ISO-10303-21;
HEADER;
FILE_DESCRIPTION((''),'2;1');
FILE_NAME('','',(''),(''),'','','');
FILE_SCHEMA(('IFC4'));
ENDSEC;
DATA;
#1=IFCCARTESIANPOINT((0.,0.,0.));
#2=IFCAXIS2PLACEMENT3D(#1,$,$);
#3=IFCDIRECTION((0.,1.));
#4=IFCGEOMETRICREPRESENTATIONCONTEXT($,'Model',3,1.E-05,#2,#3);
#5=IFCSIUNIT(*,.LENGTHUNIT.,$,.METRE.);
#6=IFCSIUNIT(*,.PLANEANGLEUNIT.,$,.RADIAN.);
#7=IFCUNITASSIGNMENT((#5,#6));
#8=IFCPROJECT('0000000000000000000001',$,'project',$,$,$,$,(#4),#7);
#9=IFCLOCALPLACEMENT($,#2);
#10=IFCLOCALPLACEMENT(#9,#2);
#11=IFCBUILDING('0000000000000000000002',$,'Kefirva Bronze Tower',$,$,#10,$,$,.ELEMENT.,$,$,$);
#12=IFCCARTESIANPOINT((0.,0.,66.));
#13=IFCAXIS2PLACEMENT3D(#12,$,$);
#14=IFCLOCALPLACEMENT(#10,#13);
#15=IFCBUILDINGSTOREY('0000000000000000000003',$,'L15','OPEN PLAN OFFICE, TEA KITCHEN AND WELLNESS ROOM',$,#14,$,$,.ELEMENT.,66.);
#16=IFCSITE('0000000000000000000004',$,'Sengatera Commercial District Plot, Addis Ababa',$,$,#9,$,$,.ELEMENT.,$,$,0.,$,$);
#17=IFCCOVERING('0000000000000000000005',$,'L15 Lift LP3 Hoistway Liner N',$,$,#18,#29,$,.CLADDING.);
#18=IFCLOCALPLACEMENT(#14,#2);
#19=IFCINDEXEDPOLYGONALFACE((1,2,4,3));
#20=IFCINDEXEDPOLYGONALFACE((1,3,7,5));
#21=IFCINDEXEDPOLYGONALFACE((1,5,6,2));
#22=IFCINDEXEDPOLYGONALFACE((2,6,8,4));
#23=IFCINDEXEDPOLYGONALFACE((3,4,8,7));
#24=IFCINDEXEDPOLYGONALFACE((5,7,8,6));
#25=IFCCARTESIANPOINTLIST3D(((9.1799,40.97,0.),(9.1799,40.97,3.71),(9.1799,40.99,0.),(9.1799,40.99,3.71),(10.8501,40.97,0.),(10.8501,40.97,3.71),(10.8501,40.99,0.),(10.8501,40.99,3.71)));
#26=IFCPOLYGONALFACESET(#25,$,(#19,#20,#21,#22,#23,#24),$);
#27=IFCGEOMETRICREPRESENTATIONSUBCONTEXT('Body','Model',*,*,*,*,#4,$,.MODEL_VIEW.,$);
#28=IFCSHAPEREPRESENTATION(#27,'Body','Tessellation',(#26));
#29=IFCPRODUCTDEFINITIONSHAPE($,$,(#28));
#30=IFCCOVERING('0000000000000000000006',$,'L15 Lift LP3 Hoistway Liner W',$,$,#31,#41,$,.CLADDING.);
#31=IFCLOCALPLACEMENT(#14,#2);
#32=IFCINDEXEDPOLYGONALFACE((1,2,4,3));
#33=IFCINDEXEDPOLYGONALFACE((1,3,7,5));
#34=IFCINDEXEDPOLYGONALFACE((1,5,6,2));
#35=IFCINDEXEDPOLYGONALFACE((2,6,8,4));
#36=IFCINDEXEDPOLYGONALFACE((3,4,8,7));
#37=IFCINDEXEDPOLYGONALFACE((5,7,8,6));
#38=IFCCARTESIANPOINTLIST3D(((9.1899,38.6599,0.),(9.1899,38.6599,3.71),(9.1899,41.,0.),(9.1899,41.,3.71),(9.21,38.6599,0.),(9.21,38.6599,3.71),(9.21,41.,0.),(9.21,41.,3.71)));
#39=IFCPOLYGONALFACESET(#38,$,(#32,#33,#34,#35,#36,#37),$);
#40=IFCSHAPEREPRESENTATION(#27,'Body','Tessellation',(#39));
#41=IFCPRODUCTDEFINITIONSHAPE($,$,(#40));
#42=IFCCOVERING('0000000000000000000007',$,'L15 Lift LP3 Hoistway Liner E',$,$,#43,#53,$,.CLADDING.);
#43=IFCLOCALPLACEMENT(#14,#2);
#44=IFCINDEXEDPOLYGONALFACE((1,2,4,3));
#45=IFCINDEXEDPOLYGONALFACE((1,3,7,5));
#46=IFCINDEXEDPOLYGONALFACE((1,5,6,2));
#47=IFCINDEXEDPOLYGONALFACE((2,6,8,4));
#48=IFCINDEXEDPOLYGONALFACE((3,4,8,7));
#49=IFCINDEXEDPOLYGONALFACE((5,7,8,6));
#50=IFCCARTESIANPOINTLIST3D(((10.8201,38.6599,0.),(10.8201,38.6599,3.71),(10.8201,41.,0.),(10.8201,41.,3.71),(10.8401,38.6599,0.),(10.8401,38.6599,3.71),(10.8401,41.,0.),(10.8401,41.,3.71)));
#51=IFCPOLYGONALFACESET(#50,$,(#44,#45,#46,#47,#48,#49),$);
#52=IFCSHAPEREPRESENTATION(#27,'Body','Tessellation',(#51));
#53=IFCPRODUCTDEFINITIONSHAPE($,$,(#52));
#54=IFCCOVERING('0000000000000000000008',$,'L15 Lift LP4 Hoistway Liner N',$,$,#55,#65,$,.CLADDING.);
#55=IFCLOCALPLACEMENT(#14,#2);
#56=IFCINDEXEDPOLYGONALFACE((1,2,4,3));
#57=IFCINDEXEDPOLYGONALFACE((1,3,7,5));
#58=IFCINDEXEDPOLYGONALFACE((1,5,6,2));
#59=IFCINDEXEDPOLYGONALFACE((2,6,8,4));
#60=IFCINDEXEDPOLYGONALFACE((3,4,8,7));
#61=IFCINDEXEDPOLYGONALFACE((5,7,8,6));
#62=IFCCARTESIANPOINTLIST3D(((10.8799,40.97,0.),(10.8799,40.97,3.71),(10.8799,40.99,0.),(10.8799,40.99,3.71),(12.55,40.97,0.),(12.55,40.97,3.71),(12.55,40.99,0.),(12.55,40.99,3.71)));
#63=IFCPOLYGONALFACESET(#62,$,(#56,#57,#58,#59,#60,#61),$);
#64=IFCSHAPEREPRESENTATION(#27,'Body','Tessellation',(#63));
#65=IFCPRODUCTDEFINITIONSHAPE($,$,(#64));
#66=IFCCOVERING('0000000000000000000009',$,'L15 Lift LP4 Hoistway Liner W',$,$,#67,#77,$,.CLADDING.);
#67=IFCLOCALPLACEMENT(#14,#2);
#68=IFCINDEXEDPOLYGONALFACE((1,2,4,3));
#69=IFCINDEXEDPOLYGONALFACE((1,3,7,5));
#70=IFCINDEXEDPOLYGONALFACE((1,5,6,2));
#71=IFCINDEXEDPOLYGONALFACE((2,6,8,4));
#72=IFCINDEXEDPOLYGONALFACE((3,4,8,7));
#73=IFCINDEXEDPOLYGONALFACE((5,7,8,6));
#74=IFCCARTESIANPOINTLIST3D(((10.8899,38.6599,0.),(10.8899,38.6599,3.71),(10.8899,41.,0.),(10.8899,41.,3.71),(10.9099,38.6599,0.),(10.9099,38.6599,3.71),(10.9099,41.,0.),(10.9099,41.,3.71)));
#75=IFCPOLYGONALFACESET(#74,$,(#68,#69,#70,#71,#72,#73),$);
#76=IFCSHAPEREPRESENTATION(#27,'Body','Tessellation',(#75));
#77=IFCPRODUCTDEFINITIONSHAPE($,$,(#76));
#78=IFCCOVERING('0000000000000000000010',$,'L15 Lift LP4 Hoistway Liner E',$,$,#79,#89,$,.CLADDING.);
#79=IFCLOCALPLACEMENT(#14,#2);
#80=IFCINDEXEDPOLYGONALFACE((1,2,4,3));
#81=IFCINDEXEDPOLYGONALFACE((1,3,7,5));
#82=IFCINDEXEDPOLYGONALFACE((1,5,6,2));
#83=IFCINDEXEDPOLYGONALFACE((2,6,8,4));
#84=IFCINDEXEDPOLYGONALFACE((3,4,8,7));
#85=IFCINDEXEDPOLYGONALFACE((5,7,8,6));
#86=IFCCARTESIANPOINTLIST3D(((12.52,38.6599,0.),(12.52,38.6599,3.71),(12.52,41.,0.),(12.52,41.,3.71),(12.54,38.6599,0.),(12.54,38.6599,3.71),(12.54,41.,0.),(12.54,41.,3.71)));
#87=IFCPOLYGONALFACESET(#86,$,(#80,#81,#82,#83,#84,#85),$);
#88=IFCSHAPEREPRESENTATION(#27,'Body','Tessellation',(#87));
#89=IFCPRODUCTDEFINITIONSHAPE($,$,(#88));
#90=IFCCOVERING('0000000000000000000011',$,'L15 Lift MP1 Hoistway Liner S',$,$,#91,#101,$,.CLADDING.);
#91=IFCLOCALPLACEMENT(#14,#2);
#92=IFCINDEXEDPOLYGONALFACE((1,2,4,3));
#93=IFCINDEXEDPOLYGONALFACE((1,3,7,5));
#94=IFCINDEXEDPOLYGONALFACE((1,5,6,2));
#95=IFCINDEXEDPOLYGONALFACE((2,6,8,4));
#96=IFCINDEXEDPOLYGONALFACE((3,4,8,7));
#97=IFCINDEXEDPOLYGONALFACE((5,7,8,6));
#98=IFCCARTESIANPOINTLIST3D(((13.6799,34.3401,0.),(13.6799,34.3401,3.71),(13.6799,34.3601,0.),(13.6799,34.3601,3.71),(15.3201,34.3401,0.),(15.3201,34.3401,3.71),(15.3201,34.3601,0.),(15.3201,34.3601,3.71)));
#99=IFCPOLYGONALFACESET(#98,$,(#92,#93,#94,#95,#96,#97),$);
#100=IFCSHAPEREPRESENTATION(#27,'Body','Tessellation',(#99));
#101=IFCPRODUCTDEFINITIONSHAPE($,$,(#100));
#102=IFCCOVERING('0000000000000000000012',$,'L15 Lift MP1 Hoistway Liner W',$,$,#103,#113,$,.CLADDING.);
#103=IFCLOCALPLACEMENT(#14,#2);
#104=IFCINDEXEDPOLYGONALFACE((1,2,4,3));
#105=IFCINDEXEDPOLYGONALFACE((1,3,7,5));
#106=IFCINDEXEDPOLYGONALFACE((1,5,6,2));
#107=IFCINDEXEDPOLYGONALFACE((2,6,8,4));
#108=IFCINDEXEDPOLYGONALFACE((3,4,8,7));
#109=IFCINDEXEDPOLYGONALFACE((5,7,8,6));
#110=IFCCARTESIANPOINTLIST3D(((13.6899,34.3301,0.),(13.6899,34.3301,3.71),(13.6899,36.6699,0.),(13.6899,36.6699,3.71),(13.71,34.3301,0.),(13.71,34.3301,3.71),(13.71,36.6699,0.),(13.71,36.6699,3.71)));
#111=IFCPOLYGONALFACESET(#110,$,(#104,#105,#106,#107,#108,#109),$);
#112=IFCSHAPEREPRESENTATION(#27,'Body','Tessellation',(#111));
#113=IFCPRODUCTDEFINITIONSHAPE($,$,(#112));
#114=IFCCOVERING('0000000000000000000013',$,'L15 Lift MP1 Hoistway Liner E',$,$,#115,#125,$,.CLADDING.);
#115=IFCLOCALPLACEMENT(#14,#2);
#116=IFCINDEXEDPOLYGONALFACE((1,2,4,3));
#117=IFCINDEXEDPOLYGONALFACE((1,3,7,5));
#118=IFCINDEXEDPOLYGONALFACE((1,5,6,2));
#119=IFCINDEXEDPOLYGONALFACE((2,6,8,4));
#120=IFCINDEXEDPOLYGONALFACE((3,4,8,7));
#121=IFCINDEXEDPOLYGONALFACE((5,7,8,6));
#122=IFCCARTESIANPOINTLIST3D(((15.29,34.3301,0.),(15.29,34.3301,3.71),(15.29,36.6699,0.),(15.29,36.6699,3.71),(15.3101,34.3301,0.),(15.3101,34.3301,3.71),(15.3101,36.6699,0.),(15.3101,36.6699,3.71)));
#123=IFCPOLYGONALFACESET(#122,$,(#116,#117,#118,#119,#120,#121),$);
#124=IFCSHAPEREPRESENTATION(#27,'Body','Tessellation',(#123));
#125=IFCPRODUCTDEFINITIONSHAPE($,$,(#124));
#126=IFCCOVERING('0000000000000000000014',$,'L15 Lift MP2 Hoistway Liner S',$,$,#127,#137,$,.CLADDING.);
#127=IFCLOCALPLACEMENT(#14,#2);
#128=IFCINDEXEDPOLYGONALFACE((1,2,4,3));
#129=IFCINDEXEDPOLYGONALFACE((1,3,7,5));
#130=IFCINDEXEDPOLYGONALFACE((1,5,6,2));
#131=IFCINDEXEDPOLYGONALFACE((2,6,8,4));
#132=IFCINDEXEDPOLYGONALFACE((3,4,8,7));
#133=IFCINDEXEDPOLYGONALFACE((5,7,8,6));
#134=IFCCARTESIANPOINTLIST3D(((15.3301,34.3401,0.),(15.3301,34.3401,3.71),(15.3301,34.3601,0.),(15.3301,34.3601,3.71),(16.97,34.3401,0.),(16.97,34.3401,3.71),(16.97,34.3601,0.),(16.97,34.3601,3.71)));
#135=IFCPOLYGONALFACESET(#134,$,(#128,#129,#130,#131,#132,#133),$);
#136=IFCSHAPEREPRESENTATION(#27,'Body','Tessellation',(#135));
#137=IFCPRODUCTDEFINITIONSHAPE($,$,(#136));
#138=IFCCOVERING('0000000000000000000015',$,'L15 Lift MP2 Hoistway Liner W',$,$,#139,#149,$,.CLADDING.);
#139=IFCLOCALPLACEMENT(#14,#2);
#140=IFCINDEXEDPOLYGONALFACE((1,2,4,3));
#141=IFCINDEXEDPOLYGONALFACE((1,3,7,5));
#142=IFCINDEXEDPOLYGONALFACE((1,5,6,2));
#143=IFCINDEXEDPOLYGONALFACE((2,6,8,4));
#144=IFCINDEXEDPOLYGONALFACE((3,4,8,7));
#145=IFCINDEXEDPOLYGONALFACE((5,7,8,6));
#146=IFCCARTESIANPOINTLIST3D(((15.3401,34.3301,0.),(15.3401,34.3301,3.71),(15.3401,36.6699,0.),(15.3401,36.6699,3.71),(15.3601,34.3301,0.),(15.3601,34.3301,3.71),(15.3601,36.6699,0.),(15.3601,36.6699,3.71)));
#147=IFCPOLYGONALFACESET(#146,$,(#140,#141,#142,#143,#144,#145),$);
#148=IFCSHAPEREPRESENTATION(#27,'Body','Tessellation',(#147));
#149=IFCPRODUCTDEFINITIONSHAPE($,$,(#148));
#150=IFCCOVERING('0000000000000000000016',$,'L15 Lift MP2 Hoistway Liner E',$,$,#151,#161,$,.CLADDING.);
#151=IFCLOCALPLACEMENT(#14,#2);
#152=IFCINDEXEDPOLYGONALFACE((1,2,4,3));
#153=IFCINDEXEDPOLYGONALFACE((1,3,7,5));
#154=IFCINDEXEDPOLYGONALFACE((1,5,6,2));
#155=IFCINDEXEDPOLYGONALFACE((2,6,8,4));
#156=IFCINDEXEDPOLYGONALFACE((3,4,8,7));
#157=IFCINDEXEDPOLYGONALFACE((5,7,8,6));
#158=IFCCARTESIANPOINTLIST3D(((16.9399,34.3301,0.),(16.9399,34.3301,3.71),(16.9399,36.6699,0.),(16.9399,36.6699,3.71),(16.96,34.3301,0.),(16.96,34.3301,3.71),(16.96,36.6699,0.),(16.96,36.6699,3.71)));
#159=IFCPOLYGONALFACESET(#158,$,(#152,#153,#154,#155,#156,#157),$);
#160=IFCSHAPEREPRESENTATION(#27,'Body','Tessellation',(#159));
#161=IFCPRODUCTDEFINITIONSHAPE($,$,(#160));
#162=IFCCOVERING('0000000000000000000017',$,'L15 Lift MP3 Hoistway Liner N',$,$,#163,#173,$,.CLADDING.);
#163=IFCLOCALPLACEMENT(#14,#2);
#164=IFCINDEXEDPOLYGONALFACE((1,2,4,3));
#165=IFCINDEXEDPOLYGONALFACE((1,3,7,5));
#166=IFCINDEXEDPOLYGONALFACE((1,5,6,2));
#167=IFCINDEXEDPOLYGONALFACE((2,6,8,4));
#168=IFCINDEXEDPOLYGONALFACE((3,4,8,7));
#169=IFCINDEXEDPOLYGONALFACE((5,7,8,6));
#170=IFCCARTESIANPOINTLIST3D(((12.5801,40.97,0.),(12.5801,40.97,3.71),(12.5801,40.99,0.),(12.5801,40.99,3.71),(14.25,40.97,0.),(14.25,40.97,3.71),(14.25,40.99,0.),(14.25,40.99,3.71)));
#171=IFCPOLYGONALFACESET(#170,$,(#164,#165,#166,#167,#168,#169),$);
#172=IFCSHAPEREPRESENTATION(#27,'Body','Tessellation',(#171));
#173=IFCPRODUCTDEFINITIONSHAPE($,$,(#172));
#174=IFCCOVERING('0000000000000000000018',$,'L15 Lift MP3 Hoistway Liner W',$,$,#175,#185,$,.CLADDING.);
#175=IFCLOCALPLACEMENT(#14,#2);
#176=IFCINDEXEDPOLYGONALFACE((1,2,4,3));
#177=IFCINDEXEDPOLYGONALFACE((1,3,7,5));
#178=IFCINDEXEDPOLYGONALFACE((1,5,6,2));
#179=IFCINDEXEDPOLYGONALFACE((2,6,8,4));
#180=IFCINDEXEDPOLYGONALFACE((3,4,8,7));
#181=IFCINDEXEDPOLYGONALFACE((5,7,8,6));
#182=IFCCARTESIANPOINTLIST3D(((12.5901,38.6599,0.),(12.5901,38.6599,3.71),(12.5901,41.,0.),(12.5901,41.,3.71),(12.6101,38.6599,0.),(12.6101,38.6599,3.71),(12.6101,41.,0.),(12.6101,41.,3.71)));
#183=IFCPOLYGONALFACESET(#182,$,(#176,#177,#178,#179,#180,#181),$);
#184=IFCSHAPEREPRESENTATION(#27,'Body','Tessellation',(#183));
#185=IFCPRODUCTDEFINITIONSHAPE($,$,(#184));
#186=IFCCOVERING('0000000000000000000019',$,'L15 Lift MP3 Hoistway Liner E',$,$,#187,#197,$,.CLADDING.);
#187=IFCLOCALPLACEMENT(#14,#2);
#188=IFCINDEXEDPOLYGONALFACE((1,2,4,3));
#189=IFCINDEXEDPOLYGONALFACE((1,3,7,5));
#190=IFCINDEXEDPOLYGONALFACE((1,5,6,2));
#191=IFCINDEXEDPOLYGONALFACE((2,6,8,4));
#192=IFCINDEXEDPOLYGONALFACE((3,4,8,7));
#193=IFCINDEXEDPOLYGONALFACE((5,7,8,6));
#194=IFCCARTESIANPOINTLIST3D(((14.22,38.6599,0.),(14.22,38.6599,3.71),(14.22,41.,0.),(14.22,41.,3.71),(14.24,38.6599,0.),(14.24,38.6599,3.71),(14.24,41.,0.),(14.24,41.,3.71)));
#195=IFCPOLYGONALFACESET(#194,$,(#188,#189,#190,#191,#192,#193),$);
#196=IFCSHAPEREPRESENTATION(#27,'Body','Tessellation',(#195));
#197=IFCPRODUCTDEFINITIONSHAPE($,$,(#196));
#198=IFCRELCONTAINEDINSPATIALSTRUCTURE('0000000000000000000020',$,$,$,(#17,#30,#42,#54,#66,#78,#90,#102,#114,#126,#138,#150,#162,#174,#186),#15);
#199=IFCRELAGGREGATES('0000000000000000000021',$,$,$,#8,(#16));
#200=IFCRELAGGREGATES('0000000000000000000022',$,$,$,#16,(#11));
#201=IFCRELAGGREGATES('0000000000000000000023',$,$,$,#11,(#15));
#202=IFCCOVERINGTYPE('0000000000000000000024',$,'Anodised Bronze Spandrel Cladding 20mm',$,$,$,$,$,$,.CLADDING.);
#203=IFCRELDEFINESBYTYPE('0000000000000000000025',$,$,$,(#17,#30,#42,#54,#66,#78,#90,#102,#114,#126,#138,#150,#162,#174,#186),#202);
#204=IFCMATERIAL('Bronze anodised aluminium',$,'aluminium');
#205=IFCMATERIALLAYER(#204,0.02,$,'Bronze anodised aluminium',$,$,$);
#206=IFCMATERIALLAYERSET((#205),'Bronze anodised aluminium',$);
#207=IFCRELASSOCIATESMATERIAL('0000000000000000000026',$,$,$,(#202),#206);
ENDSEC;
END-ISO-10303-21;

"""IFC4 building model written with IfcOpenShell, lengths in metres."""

from ifc_helpers import new_model, si_unit, direction, frame, origin, place, context, subcontext, project, spatial, polyline, outline, extrude, material, layer, layer_set, type_object, element, save


model = new_model("IFC4")

# Units and contexts
model_context = context("Model", 3, precision=1e-05, world=origin(), true_north=direction((0.0, 1.0)))
body_context = subcontext(model_context, "Body", "Model", "MODEL_VIEW")
ifc_project = project(units=[si_unit("LENGTHUNIT", "METRE"), si_unit("PLANEANGLEUNIT", "RADIAN")], contexts=[model_context])

# Site, building, storey
site_placement = place(None, origin())
site = spatial("IfcSite", under=ifc_project, at=site_placement, Name="Sengatera Commercial District Plot, Addis Ababa", CompositionType="ELEMENT", RefElevation=0.0)
building_placement = place(site_placement, origin())
building = spatial("IfcBuilding", under=site, at=building_placement, Name="Kefirva Bronze Tower", CompositionType="ELEMENT")
storey_placement = place(building_placement, frame((0.0, 0.0, 66.0)))
storey = spatial("IfcBuildingStorey", under=building, at=storey_placement, Name="L15", Description="OPEN PLAN OFFICE, TEA KITCHEN AND WELLNESS ROOM", CompositionType="ELEMENT", Elevation=66.0)

# Coverings
ifc_material = material(Name="Bronze anodised aluminium", Category="aluminium")
ifc_layer_1 = layer(ifc_material, 0.02, Name="Bronze anodised aluminium")
ifc_layer_set_1 = layer_set([ifc_layer_1], Name="Bronze anodised aluminium")
covering_type_1 = type_object("IfcCoveringType", Name="Anodised Bronze Spandrel Cladding 20mm", PredefinedType="CLADDING", material=ifc_layer_set_1)
covering_1_placement = place(storey_placement, origin())
element("IfcCovering", 1, at=covering_1_placement, inside=storey, type_object=covering_type_1, Name="L15 Lift LP3 Hoistway Liner N", PredefinedType="CLADDING", context=body_context, shape_type="SweptSolid", body=[
    extrude(outline(polyline([(9.1799, 40.97), (10.8501, 40.97), (10.8501, 40.99), (9.1799, 40.99), (9.1799, 40.97)])), origin(), (0.0, 0.0, 1.0), 3.71),
])
covering_2_placement = place(storey_placement, origin())
element("IfcCovering", 2, at=covering_2_placement, inside=storey, type_object=covering_type_1, Name="L15 Lift LP3 Hoistway Liner W", PredefinedType="CLADDING", context=body_context, shape_type="SweptSolid", body=[
    extrude(outline(polyline([(9.1899, 38.6599), (9.21, 38.6599), (9.21, 41.0), (9.1899, 41.0), (9.1899, 38.6599)])), origin(), (0.0, 0.0, 1.0), 3.71),
])
covering_3_placement = place(storey_placement, origin())
element("IfcCovering", 3, at=covering_3_placement, inside=storey, type_object=covering_type_1, Name="L15 Lift LP3 Hoistway Liner E", PredefinedType="CLADDING", context=body_context, shape_type="SweptSolid", body=[
    extrude(outline(polyline([(10.8201, 38.6599), (10.8401, 38.6599), (10.8401, 41.0), (10.8201, 41.0), (10.8201, 38.6599)])), origin(), (0.0, 0.0, 1.0), 3.71),
])
covering_4_placement = place(storey_placement, origin())
element("IfcCovering", 4, at=covering_4_placement, inside=storey, type_object=covering_type_1, Name="L15 Lift LP4 Hoistway Liner N", PredefinedType="CLADDING", context=body_context, shape_type="SweptSolid", body=[
    extrude(outline(polyline([(10.8799, 40.97), (12.55, 40.97), (12.55, 40.99), (10.8799, 40.99), (10.8799, 40.97)])), origin(), (0.0, 0.0, 1.0), 3.71),
])
covering_5_placement = place(storey_placement, origin())
element("IfcCovering", 5, at=covering_5_placement, inside=storey, type_object=covering_type_1, Name="L15 Lift LP4 Hoistway Liner W", PredefinedType="CLADDING", context=body_context, shape_type="SweptSolid", body=[
    extrude(outline(polyline([(10.8899, 38.6599), (10.9099, 38.6599), (10.9099, 41.0), (10.8899, 41.0), (10.8899, 38.6599)])), origin(), (0.0, 0.0, 1.0), 3.71),
])
covering_6_placement = place(storey_placement, origin())
element("IfcCovering", 6, at=covering_6_placement, inside=storey, type_object=covering_type_1, Name="L15 Lift LP4 Hoistway Liner E", PredefinedType="CLADDING", context=body_context, shape_type="SweptSolid", body=[
    extrude(outline(polyline([(12.52, 38.6599), (12.54, 38.6599), (12.54, 41.0), (12.52, 41.0), (12.52, 38.6599)])), origin(), (0.0, 0.0, 1.0), 3.71),
])
covering_7_placement = place(storey_placement, origin())
element("IfcCovering", 7, at=covering_7_placement, inside=storey, type_object=covering_type_1, Name="L15 Lift MP1 Hoistway Liner S", PredefinedType="CLADDING", context=body_context, shape_type="SweptSolid", body=[
    extrude(outline(polyline([(13.6799, 34.3401), (15.3201, 34.3401), (15.3201, 34.3601), (13.6799, 34.3601), (13.6799, 34.3401)])), origin(), (0.0, 0.0, 1.0), 3.71),
])
covering_8_placement = place(storey_placement, origin())
element("IfcCovering", 8, at=covering_8_placement, inside=storey, type_object=covering_type_1, Name="L15 Lift MP1 Hoistway Liner W", PredefinedType="CLADDING", context=body_context, shape_type="SweptSolid", body=[
    extrude(outline(polyline([(13.6899, 34.3301), (13.71, 34.3301), (13.71, 36.6699), (13.6899, 36.6699), (13.6899, 34.3301)])), origin(), (0.0, 0.0, 1.0), 3.71),
])
covering_9_placement = place(storey_placement, origin())
element("IfcCovering", 9, at=covering_9_placement, inside=storey, type_object=covering_type_1, Name="L15 Lift MP1 Hoistway Liner E", PredefinedType="CLADDING", context=body_context, shape_type="SweptSolid", body=[
    extrude(outline(polyline([(15.29, 34.3301), (15.3101, 34.3301), (15.3101, 36.6699), (15.29, 36.6699), (15.29, 34.3301)])), origin(), (0.0, 0.0, 1.0), 3.71),
])
covering_10_placement = place(storey_placement, origin())
element("IfcCovering", 10, at=covering_10_placement, inside=storey, type_object=covering_type_1, Name="L15 Lift MP2 Hoistway Liner S", PredefinedType="CLADDING", context=body_context, shape_type="SweptSolid", body=[
    extrude(outline(polyline([(15.3301, 34.3401), (16.97, 34.3401), (16.97, 34.3601), (15.3301, 34.3601), (15.3301, 34.3401)])), origin(), (0.0, 0.0, 1.0), 3.71),
])
covering_11_placement = place(storey_placement, origin())
element("IfcCovering", 11, at=covering_11_placement, inside=storey, type_object=covering_type_1, Name="L15 Lift MP2 Hoistway Liner W", PredefinedType="CLADDING", context=body_context, shape_type="SweptSolid", body=[
    extrude(outline(polyline([(15.3401, 34.3301), (15.3601, 34.3301), (15.3601, 36.6699), (15.3401, 36.6699), (15.3401, 34.3301)])), origin(), (0.0, 0.0, 1.0), 3.71),
])
covering_12_placement = place(storey_placement, origin())
element("IfcCovering", 12, at=covering_12_placement, inside=storey, type_object=covering_type_1, Name="L15 Lift MP2 Hoistway Liner E", PredefinedType="CLADDING", context=body_context, shape_type="SweptSolid", body=[
    extrude(outline(polyline([(16.9399, 34.3301), (16.96, 34.3301), (16.96, 36.6699), (16.9399, 36.6699), (16.9399, 34.3301)])), origin(), (0.0, 0.0, 1.0), 3.71),
])
covering_13_placement = place(storey_placement, origin())
element("IfcCovering", 13, at=covering_13_placement, inside=storey, type_object=covering_type_1, Name="L15 Lift MP3 Hoistway Liner N", PredefinedType="CLADDING", context=body_context, shape_type="SweptSolid", body=[
    extrude(outline(polyline([(12.5801, 40.97), (14.25, 40.97), (14.25, 40.99), (12.5801, 40.99), (12.5801, 40.97)])), origin(), (0.0, 0.0, 1.0), 3.71),
])
covering_14_placement = place(storey_placement, origin())
element("IfcCovering", 14, at=covering_14_placement, inside=storey, type_object=covering_type_1, Name="L15 Lift MP3 Hoistway Liner W", PredefinedType="CLADDING", context=body_context, shape_type="SweptSolid", body=[
    extrude(outline(polyline([(12.5901, 38.6599), (12.6101, 38.6599), (12.6101, 41.0), (12.5901, 41.0), (12.5901, 38.6599)])), origin(), (0.0, 0.0, 1.0), 3.71),
])
covering_15_placement = place(storey_placement, origin())
element("IfcCovering", 15, at=covering_15_placement, inside=storey, type_object=covering_type_1, Name="L15 Lift MP3 Hoistway Liner E", PredefinedType="CLADDING", context=body_context, shape_type="SweptSolid", body=[
    extrude(outline(polyline([(14.22, 38.6599), (14.24, 38.6599), (14.24, 41.0), (14.22, 41.0), (14.22, 38.6599)])), origin(), (0.0, 0.0, 1.0), 3.71),
])

save(model, "model.ifc")
